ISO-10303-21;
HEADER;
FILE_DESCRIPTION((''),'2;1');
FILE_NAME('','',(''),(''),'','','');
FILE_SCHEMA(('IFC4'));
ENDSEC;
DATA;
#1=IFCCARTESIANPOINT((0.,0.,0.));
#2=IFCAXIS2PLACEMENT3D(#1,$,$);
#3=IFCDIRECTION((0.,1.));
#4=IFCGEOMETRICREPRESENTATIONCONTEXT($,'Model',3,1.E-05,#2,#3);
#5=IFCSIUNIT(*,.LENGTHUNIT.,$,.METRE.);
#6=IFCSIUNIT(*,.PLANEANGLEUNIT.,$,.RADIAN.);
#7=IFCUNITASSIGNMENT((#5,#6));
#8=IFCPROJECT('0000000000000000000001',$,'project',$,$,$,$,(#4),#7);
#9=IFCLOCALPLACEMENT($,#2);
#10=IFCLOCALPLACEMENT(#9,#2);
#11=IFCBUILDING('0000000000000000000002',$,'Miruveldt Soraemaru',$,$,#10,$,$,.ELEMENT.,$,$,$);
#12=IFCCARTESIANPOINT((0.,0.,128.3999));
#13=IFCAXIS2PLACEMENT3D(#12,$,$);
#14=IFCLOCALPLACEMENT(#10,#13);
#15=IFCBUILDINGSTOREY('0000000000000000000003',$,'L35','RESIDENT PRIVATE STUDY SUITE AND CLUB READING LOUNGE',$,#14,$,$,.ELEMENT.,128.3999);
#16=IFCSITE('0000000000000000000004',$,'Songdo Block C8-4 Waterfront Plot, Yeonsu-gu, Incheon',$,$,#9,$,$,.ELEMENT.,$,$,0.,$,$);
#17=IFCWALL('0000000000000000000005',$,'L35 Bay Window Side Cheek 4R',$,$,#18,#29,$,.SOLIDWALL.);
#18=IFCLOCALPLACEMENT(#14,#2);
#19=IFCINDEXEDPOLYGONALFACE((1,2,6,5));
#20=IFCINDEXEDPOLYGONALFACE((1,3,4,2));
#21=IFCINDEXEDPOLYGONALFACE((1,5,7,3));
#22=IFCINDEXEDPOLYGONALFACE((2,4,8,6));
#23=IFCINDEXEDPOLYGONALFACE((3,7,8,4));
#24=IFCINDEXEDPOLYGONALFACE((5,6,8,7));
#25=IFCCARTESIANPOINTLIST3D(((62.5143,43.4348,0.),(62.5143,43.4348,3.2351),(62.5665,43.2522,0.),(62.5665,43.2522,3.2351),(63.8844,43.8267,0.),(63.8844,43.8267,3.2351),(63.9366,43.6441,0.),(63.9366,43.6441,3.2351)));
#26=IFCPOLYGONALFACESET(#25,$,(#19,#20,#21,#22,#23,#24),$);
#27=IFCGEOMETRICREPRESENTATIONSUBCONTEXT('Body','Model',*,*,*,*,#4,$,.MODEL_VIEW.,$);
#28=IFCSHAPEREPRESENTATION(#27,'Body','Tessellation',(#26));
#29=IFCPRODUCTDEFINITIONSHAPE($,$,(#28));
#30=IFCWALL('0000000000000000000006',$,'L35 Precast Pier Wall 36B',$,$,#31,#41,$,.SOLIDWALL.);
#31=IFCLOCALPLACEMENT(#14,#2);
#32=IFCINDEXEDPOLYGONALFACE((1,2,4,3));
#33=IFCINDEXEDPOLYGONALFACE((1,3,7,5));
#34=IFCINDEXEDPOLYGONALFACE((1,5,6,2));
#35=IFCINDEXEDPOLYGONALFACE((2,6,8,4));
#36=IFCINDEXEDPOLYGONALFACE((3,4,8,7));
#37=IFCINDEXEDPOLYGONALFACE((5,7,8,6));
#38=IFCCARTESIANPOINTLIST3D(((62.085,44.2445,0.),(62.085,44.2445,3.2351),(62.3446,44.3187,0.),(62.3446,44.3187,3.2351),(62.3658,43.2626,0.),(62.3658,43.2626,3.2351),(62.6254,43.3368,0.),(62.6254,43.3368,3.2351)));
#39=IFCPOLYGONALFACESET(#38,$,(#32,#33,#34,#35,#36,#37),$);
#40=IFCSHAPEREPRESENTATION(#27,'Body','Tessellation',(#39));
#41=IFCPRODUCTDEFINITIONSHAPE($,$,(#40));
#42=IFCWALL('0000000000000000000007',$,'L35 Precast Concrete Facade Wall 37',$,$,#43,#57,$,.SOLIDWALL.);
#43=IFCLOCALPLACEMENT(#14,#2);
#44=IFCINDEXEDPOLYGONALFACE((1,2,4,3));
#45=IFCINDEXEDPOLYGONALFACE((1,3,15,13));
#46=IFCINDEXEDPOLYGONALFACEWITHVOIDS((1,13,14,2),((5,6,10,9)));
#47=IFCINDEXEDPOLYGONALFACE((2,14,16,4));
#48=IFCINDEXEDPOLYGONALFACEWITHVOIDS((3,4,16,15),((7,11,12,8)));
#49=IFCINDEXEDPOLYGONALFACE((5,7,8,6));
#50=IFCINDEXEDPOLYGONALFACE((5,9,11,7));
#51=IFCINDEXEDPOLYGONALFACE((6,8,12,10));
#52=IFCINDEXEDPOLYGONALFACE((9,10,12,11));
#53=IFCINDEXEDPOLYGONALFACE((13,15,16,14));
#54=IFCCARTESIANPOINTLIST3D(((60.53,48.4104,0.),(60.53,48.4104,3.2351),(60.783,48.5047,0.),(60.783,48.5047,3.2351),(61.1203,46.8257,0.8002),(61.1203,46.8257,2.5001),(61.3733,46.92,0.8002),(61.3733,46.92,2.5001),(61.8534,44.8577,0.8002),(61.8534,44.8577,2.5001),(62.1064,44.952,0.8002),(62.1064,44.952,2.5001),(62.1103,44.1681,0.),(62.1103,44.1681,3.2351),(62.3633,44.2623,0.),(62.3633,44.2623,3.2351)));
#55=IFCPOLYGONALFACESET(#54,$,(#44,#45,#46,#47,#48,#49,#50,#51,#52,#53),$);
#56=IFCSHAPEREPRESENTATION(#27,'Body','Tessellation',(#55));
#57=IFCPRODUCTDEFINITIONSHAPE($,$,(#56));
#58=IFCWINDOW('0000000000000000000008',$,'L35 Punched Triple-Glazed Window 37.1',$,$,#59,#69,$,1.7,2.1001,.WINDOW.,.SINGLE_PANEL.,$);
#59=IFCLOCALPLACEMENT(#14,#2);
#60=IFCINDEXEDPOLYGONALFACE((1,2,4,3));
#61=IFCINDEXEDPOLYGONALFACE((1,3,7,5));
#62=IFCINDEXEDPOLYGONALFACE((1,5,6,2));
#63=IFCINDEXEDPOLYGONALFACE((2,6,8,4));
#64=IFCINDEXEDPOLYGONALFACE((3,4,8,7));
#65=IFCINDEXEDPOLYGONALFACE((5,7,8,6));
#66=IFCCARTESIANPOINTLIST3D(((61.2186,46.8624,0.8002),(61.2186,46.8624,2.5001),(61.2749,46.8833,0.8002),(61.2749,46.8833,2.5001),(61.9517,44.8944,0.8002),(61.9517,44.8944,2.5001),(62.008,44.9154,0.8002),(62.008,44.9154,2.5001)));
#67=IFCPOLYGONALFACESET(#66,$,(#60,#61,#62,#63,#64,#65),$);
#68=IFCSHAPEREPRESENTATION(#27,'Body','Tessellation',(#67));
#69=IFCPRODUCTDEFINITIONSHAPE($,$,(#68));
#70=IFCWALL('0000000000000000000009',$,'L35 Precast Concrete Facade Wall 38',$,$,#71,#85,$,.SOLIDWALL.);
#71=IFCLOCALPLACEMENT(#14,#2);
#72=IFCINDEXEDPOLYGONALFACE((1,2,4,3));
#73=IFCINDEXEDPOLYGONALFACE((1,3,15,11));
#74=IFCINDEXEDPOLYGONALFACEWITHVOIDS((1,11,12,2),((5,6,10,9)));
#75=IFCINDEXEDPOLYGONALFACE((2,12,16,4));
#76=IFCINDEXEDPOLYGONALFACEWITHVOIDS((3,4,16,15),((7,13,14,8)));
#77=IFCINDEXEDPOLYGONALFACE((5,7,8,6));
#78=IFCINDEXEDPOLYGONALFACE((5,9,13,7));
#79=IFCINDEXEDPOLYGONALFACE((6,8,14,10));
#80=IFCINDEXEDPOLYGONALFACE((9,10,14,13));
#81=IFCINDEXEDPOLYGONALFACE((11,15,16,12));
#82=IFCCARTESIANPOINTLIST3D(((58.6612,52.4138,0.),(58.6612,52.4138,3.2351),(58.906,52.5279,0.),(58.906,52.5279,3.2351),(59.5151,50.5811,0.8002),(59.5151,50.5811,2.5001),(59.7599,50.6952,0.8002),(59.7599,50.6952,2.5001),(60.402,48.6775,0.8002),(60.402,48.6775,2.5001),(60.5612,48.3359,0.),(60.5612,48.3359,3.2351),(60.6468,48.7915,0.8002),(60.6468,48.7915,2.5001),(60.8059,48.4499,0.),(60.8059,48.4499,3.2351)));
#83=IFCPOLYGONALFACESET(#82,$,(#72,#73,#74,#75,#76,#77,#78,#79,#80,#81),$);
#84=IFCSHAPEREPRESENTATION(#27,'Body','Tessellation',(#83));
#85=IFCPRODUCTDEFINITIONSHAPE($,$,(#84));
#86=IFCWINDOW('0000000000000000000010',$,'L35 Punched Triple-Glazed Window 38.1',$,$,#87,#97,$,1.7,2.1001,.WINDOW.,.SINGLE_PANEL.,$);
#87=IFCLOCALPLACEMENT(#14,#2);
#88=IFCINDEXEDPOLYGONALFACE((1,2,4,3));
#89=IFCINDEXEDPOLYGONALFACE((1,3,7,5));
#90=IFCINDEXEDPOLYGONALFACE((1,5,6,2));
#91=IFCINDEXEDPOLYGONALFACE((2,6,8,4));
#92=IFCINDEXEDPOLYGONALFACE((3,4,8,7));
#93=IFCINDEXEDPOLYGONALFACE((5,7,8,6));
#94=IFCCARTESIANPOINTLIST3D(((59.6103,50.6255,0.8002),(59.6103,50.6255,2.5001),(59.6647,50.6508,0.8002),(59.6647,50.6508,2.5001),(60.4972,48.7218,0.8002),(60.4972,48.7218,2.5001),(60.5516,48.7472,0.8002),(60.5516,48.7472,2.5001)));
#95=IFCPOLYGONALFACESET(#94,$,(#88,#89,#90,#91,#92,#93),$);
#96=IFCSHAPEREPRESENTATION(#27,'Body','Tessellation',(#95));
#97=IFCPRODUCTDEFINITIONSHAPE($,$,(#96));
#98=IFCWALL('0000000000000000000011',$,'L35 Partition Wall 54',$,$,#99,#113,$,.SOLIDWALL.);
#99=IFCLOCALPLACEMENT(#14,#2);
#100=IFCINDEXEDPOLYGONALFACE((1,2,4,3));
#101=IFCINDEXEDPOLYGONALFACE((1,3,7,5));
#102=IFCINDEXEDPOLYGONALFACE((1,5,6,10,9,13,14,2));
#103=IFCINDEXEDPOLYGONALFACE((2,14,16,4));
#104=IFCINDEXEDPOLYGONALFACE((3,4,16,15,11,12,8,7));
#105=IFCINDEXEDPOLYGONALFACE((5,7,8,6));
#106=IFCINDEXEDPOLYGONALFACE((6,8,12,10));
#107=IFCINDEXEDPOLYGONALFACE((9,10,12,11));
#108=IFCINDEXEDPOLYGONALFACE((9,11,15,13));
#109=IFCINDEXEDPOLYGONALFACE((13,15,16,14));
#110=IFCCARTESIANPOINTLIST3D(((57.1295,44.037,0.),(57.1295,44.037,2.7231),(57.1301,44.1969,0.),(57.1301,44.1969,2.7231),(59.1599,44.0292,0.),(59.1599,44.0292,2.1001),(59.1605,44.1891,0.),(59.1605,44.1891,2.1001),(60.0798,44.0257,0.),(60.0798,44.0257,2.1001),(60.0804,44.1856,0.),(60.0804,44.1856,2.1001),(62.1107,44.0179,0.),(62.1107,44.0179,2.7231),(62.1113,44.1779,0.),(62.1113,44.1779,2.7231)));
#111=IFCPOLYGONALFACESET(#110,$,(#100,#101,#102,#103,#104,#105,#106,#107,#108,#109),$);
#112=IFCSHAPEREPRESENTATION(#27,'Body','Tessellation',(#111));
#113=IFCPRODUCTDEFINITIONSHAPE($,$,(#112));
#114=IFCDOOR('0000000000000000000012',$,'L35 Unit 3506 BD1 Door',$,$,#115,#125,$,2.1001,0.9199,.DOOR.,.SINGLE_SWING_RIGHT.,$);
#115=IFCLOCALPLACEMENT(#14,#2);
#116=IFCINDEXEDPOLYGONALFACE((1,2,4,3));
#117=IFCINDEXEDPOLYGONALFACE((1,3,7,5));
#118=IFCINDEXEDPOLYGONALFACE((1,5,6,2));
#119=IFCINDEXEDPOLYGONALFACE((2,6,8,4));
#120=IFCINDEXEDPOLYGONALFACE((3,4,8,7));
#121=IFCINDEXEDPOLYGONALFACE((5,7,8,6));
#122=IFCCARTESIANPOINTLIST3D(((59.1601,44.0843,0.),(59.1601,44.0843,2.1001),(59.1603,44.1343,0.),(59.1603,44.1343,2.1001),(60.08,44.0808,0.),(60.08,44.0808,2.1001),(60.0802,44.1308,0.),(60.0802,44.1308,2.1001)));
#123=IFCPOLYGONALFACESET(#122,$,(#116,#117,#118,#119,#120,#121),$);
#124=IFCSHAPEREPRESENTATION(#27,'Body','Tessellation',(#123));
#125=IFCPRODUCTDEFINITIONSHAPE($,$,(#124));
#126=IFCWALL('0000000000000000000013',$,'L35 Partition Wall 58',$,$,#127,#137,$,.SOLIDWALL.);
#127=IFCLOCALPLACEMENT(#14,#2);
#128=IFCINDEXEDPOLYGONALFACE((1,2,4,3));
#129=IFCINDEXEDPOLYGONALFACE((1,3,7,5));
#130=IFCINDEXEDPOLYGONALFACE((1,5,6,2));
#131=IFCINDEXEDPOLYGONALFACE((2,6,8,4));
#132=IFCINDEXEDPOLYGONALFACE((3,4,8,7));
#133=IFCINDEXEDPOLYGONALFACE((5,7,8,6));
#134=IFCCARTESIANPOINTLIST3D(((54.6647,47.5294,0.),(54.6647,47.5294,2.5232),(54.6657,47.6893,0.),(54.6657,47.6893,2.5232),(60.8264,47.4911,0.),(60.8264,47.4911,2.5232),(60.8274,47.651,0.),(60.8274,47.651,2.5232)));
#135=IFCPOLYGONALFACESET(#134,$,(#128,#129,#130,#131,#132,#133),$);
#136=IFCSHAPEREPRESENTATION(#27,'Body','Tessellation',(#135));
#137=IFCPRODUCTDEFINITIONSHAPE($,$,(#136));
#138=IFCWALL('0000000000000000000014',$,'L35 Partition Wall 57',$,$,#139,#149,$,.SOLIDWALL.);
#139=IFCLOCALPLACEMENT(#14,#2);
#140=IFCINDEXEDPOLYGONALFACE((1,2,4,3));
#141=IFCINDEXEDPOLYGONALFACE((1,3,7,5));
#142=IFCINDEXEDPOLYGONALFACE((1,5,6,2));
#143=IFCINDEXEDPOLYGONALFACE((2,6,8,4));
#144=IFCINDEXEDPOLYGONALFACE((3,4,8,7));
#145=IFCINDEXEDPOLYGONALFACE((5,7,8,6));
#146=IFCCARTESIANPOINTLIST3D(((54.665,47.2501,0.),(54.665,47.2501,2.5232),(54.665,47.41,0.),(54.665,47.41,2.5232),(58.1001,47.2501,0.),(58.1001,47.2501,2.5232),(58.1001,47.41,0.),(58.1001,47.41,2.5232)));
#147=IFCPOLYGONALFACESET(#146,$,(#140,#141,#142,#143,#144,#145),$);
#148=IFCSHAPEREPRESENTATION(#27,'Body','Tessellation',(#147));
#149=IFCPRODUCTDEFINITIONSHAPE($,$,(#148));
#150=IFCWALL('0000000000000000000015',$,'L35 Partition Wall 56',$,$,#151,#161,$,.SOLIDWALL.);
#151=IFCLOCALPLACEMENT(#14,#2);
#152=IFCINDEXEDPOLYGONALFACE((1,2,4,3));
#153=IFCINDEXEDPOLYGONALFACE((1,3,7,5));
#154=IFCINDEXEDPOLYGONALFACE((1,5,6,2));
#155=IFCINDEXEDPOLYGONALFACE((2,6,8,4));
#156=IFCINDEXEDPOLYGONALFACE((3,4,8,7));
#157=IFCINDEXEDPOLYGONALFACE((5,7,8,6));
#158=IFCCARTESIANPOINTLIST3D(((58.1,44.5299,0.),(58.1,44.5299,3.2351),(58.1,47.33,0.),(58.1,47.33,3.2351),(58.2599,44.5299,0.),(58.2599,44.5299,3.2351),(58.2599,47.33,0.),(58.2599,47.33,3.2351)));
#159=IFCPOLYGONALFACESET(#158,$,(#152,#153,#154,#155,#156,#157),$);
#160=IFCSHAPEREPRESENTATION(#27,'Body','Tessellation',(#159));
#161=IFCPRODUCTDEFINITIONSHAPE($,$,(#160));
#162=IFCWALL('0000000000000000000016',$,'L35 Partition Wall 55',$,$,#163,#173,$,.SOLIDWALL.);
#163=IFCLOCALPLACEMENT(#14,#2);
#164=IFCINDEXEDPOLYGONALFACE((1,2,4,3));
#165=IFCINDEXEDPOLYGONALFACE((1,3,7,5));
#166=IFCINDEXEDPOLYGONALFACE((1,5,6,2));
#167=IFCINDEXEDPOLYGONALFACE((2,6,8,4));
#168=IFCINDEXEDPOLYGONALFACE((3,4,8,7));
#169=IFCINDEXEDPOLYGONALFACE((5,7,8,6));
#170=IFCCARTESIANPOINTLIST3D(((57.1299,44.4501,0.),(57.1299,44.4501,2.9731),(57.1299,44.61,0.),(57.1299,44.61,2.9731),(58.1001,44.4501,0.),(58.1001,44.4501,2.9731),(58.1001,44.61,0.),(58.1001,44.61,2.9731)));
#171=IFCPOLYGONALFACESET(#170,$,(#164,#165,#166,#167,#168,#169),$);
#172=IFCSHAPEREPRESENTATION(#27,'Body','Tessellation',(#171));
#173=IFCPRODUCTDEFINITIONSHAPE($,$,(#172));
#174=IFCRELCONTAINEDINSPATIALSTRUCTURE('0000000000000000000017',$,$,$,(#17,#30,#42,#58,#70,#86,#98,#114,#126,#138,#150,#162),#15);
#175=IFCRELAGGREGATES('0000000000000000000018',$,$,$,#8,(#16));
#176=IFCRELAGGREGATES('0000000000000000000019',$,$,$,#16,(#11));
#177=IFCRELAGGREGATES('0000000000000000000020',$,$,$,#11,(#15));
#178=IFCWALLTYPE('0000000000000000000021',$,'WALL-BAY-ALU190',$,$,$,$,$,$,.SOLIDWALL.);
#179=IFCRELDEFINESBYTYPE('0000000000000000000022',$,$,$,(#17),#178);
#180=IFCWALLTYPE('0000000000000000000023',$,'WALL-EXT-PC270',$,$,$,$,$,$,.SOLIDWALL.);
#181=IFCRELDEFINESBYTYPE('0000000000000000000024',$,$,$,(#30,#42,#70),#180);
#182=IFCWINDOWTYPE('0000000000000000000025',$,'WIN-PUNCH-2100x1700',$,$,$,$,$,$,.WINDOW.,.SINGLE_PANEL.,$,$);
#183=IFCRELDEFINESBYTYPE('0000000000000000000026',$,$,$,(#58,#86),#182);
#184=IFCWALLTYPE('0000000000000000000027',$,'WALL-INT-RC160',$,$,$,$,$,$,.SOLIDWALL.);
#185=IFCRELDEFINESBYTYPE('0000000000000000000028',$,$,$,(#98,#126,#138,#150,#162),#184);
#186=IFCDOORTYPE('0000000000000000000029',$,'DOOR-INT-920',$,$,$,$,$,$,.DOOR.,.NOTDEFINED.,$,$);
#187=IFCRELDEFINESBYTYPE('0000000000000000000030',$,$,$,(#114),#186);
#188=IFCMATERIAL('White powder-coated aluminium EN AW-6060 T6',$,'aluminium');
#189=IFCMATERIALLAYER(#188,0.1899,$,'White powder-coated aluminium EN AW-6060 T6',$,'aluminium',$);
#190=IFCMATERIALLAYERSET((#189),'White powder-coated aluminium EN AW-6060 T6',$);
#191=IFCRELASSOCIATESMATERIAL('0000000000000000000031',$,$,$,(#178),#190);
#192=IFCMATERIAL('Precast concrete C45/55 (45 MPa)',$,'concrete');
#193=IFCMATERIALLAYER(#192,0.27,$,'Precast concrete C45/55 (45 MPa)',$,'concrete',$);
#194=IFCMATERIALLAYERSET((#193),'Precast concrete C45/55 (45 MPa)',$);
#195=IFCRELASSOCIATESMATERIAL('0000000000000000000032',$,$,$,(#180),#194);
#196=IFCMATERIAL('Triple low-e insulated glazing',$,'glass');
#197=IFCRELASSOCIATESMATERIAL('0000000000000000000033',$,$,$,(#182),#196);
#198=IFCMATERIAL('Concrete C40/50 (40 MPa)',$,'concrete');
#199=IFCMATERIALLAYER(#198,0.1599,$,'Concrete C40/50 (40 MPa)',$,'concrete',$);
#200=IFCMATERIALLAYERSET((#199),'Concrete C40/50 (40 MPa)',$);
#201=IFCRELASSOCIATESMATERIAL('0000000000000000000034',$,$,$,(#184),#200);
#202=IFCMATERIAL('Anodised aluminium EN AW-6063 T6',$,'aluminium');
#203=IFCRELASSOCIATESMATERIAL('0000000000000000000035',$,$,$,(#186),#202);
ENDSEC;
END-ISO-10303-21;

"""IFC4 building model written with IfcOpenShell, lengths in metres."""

from ifc_helpers import new_model, si_unit, direction, frame, frame_2d, origin, place, context, subcontext, project, spatial, rectangle, extrude, material, layer, layer_set, type_object, element, fill, save


model = new_model("IFC4")

# Units and contexts
model_context = context("Model", 3, precision=1e-05, world=origin(), true_north=direction((0.0, 1.0)))
body_context = subcontext(model_context, "Body", "Model", "MODEL_VIEW")
ifc_project = project(units=[si_unit("LENGTHUNIT", "METRE"), si_unit("PLANEANGLEUNIT", "RADIAN")], contexts=[model_context])

# Site, building, storey
site_placement = place(None, origin())
site = spatial("IfcSite", under=ifc_project, at=site_placement, Name="Songdo Block C8-4 Waterfront Plot, Yeonsu-gu, Incheon", CompositionType="ELEMENT", RefElevation=0.0)
building_placement = place(site_placement, origin())
building = spatial("IfcBuilding", under=site, at=building_placement, Name="Miruveldt Soraemaru", CompositionType="ELEMENT")
storey_placement = place(building_placement, frame((0.0, 0.0, 128.3999)))
storey = spatial("IfcBuildingStorey", under=building, at=storey_placement, Name="L35", Description="RESIDENT PRIVATE STUDY SUITE AND CLUB READING LOUNGE", CompositionType="ELEMENT", Elevation=128.3999)

# Shared definitions
ifc_material_1 = material(Name="Anodised aluminium EN AW-6063 T6", Category="aluminium")

# Walls
ifc_material_2 = material(Name="White powder-coated aluminium EN AW-6060 T6", Category="aluminium")
ifc_layer_1 = layer(ifc_material_2, 0.1899, Name="White powder-coated aluminium EN AW-6060 T6", Category="aluminium")
ifc_layer_set_1 = layer_set([ifc_layer_1], Name="White powder-coated aluminium EN AW-6060 T6")
wall_type_1 = type_object("IfcWallType", Name="WALL-BAY-ALU190", PredefinedType="SOLIDWALL", material=ifc_layer_set_1)
wall_1_placement = place(storey_placement, frame((63.9104, 43.7354, 0.0), z_axis=(0.0, 0.0, 1.0), x_axis=(-0.961453, -0.27497, 0.0)))
element("IfcWall", 1, at=wall_1_placement, inside=storey, type_object=wall_type_1, Name="L35 Bay Window Side Cheek 4R", PredefinedType="SOLIDWALL", context=body_context, shape_type="SweptSolid", body=[
    extrude(rectangle(XDim=1.425, YDim=0.1899, at=frame_2d((0.7124, 0.0))), origin(), (0.0, 0.0, 1.0), 3.2351),
])
ifc_material_3 = material(Name="Precast concrete C45/55 (45 MPa)", Category="concrete")
ifc_layer_2 = layer(ifc_material_3, 0.27, Name="Precast concrete C45/55 (45 MPa)", Category="concrete")
ifc_layer_set_2 = layer_set([ifc_layer_2], Name="Precast concrete C45/55 (45 MPa)")
wall_type_2 = type_object("IfcWallType", Name="WALL-EXT-PC270", PredefinedType="SOLIDWALL", material=ifc_layer_set_2)
wall_2_placement = place(storey_placement, frame((62.4956, 43.2996, 0.0), z_axis=(0.0, 0.0, 1.0), x_axis=(-0.274911, 0.96147, 0.0)))
element("IfcWall", 2, at=wall_2_placement, inside=storey, type_object=wall_type_2, Name="L35 Precast Pier Wall 36B", PredefinedType="SOLIDWALL", context=body_context, shape_type="SweptSolid", body=[
    extrude(rectangle(XDim=1.0212, YDim=0.27, at=frame_2d((0.5107, 0.0))), origin(), (0.0, 0.0, 1.0), 3.2351),
])

# Walls, openings, windows
wall_3_placement = place(storey_placement, frame((62.2368, 44.2151, 0.0), z_axis=(0.0, 0.0, 1.0), x_axis=(-0.349072, 0.937096, 0.0)))
wall_3 = element("IfcWall", 3, at=wall_3_placement, inside=storey, type_object=wall_type_2, Name="L35 Precast Concrete Facade Wall 37", PredefinedType="SOLIDWALL", context=body_context, shape_type="SweptSolid", body=[
    extrude(rectangle(XDim=4.5271, YDim=0.27, at=frame_2d((2.2637, 0.0))), origin(), (0.0, 0.0, 1.0), 3.2351),
])
opening_1_placement = place(wall_3_placement, frame((0.7361, 0.0, 0.8)))
opening_1 = element("IfcOpeningElement", 4, at=opening_1_placement, cuts=wall_3, PredefinedType="OPENING", context=body_context, shape_type="SweptSolid", body=[
    extrude(rectangle(XDim=2.1001, YDim=1.7, at=frame_2d((1.05, 0.8501))), frame((0.0, 0.145, 0.0), z_axis=(0.0, -1.0, 0.0), x_axis=(1.0, 0.0, 0.0)), (0.0, 0.0, 1.0), 0.29),
])
ifc_material_4 = material(Name="Triple low-e insulated glazing", Category="glass")
window_type = type_object("IfcWindowType", Name="WIN-PUNCH-2100x1700", PartitioningType="SINGLE_PANEL", PredefinedType="WINDOW", material=ifc_material_4)
window_1_placement = place(opening_1_placement, origin())
window_1 = element("IfcWindow", 5, at=window_1_placement, inside=storey, type_object=window_type, Name="L35 Punched Triple-Glazed Window 37.1", OverallHeight=1.7, OverallWidth=2.1001, PartitioningType="SINGLE_PANEL", PredefinedType="WINDOW", context=body_context, shape_type="SweptSolid", body=[
    extrude(rectangle(XDim=2.1001, YDim=1.7, at=frame_2d((1.05, 0.8501))), frame((0.0, 0.03, 0.0), z_axis=(0.0, -1.0, 0.0), x_axis=(1.0, 0.0, 0.0)), (0.0, 0.0, 1.0), 0.0601),
])
fill(opening_1, window_1)
wall_4_placement = place(storey_placement, frame((60.6836, 48.3928, 0.0), z_axis=(0.0, 0.0, 1.0), x_axis=(-0.422318, 0.906448, 0.0)))
wall_4 = element("IfcWall", 6, at=wall_4_placement, inside=storey, type_object=wall_type_2, Name="L35 Precast Concrete Facade Wall 38", PredefinedType="SOLIDWALL", context=body_context, shape_type="SweptSolid", body=[
    extrude(rectangle(XDim=4.4988, YDim=0.27, at=frame_2d((2.2495, 0.0))), origin(), (0.0, 0.0, 1.0), 3.2351),
])
opening_2_placement = place(wall_4_placement, frame((0.377, 0.0, 0.8)))
opening_2 = element("IfcOpeningElement", 7, at=opening_2_placement, cuts=wall_4, PredefinedType="OPENING", context=body_context, shape_type="SweptSolid", body=[
    extrude(rectangle(XDim=2.1001, YDim=1.7, at=frame_2d((1.05, 0.8501))), frame((0.0, 0.145, 0.0), z_axis=(0.0, -1.0, 0.0), x_axis=(1.0, 0.0, 0.0)), (0.0, 0.0, 1.0), 0.29),
])
window_2_placement = place(opening_2_placement, origin())
window_2 = element("IfcWindow", 8, at=window_2_placement, inside=storey, type_object=window_type, Name="L35 Punched Triple-Glazed Window 38.1", OverallHeight=1.7, OverallWidth=2.1001, PartitioningType="SINGLE_PANEL", PredefinedType="WINDOW", context=body_context, shape_type="SweptSolid", body=[
    extrude(rectangle(XDim=2.1001, YDim=1.7, at=frame_2d((1.05, 0.8501))), frame((0.0, 0.03, 0.0), z_axis=(0.0, -1.0, 0.0), x_axis=(1.0, 0.0, 0.0)), (0.0, 0.0, 1.0), 0.0601),
])
fill(opening_2, window_2)

# Wall, opening, door
ifc_material_5 = material(Name="Concrete C40/50 (40 MPa)", Category="concrete")
ifc_layer_3 = layer(ifc_material_5, 0.1599, Name="Concrete C40/50 (40 MPa)", Category="concrete")
ifc_layer_set_3 = layer_set([ifc_layer_3], Name="Concrete C40/50 (40 MPa)")
wall_type_3 = type_object("IfcWallType", Name="WALL-INT-RC160", PredefinedType="SOLIDWALL", material=ifc_layer_set_3)
wall_5_placement = place(storey_placement, frame((62.1111, 44.0979, 0.0), z_axis=(0.0, 0.0, 1.0), x_axis=(-0.999993, 0.003823, 0.0)))
wall_5 = element("IfcWall", 9, at=wall_5_placement, inside=storey, type_object=wall_type_3, Name="L35 Partition Wall 54", PredefinedType="SOLIDWALL", context=body_context, shape_type="SweptSolid", body=[
    extrude(rectangle(XDim=4.9812, YDim=0.1599, at=frame_2d((2.4907, 0.0))), origin(), (0.0, 0.0, 1.0), 2.7231),
])
opening_3_placement = place(wall_5_placement, frame((2.031, 0.0, 0.0)))
opening_3 = element("IfcOpeningElement", 10, at=opening_3_placement, cuts=wall_5, PredefinedType="OPENING", context=body_context, shape_type="SweptSolid", body=[
    extrude(rectangle(XDim=0.9199, YDim=2.1001, at=frame_2d((0.46, 1.05))), frame((0.0, 0.0898, 0.0), z_axis=(0.0, -1.0, 0.0), x_axis=(1.0, 0.0, 0.0)), (0.0, 0.0, 1.0), 0.1799),
])
door_type_1 = type_object("IfcDoorType", Name="DOOR-INT-920", OperationType="NOTDEFINED", PredefinedType="DOOR", material=ifc_material_1)
door_1_placement = place(opening_3_placement, origin())
door_1 = element("IfcDoor", 11, at=door_1_placement, inside=storey, type_object=door_type_1, Name="L35 Unit 3506 BD1 Door", OperationType="SINGLE_SWING_RIGHT", OverallHeight=2.1001, OverallWidth=0.9199, PredefinedType="DOOR", context=body_context, shape_type="SweptSolid", body=[
    extrude(rectangle(XDim=0.9199, YDim=2.1001, at=frame_2d((0.46, 1.05))), frame((0.0, 0.0249, 0.0), z_axis=(0.0, -1.0, 0.0), x_axis=(1.0, 0.0, 0.0)), (0.0, 0.0, 1.0), 0.05),
])
fill(opening_3, door_1)

# Walls
wall_6_placement = place(storey_placement, frame((54.665, 47.6094, 0.0), z_axis=(0.0, 0.0, 1.0), x_axis=(0.999981, -0.00622, 0.0)))
element("IfcWall", 12, at=wall_6_placement, inside=storey, type_object=wall_type_3, Name="L35 Partition Wall 58", PredefinedType="SOLIDWALL", context=body_context, shape_type="SweptSolid", body=[
    extrude(rectangle(XDim=6.1619, YDim=0.1599, at=frame_2d((3.0811, 0.0))), origin(), (0.0, 0.0, 1.0), 2.5232),
])
wall_7_placement = place(storey_placement, frame((58.1001, 47.3301, 0.0), z_axis=(0.0, 0.0, 1.0), x_axis=(-1.0, 0.0, 0.0)))
element("IfcWall", 13, at=wall_7_placement, inside=storey, type_object=wall_type_3, Name="L35 Partition Wall 57", PredefinedType="SOLIDWALL", context=body_context, shape_type="SweptSolid", body=[
    extrude(rectangle(XDim=3.4351, YDim=0.1599, at=frame_2d((1.7175, 0.0))), origin(), (0.0, 0.0, 1.0), 2.5232),
])
wall_8_placement = place(storey_placement, frame((58.1799, 44.53, 0.0), z_axis=(0.0, 0.0, 1.0), x_axis=(0.0, 1.0, 0.0)))
element("IfcWall", 14, at=wall_8_placement, inside=storey, type_object=wall_type_3, Name="L35 Partition Wall 56", PredefinedType="SOLIDWALL", context=body_context, shape_type="SweptSolid", body=[
    extrude(rectangle(XDim=2.8, YDim=0.1599, at=frame_2d((1.3999, 0.0))), origin(), (0.0, 0.0, 1.0), 3.2351),
])
wall_9_placement = place(storey_placement, frame((57.1299, 44.53, 0.0), z_axis=(0.0, 0.0, 1.0), x_axis=(1.0, 0.0, 0.0)))
element("IfcWall", 15, at=wall_9_placement, inside=storey, type_object=wall_type_3, Name="L35 Partition Wall 55", PredefinedType="SOLIDWALL", context=body_context, shape_type="SweptSolid", body=[
    extrude(rectangle(XDim=0.9702, YDim=0.1599, at=frame_2d((0.4851, 0.0))), origin(), (0.0, 0.0, 1.0), 2.9731),
])

save(model, "model.ifc")
